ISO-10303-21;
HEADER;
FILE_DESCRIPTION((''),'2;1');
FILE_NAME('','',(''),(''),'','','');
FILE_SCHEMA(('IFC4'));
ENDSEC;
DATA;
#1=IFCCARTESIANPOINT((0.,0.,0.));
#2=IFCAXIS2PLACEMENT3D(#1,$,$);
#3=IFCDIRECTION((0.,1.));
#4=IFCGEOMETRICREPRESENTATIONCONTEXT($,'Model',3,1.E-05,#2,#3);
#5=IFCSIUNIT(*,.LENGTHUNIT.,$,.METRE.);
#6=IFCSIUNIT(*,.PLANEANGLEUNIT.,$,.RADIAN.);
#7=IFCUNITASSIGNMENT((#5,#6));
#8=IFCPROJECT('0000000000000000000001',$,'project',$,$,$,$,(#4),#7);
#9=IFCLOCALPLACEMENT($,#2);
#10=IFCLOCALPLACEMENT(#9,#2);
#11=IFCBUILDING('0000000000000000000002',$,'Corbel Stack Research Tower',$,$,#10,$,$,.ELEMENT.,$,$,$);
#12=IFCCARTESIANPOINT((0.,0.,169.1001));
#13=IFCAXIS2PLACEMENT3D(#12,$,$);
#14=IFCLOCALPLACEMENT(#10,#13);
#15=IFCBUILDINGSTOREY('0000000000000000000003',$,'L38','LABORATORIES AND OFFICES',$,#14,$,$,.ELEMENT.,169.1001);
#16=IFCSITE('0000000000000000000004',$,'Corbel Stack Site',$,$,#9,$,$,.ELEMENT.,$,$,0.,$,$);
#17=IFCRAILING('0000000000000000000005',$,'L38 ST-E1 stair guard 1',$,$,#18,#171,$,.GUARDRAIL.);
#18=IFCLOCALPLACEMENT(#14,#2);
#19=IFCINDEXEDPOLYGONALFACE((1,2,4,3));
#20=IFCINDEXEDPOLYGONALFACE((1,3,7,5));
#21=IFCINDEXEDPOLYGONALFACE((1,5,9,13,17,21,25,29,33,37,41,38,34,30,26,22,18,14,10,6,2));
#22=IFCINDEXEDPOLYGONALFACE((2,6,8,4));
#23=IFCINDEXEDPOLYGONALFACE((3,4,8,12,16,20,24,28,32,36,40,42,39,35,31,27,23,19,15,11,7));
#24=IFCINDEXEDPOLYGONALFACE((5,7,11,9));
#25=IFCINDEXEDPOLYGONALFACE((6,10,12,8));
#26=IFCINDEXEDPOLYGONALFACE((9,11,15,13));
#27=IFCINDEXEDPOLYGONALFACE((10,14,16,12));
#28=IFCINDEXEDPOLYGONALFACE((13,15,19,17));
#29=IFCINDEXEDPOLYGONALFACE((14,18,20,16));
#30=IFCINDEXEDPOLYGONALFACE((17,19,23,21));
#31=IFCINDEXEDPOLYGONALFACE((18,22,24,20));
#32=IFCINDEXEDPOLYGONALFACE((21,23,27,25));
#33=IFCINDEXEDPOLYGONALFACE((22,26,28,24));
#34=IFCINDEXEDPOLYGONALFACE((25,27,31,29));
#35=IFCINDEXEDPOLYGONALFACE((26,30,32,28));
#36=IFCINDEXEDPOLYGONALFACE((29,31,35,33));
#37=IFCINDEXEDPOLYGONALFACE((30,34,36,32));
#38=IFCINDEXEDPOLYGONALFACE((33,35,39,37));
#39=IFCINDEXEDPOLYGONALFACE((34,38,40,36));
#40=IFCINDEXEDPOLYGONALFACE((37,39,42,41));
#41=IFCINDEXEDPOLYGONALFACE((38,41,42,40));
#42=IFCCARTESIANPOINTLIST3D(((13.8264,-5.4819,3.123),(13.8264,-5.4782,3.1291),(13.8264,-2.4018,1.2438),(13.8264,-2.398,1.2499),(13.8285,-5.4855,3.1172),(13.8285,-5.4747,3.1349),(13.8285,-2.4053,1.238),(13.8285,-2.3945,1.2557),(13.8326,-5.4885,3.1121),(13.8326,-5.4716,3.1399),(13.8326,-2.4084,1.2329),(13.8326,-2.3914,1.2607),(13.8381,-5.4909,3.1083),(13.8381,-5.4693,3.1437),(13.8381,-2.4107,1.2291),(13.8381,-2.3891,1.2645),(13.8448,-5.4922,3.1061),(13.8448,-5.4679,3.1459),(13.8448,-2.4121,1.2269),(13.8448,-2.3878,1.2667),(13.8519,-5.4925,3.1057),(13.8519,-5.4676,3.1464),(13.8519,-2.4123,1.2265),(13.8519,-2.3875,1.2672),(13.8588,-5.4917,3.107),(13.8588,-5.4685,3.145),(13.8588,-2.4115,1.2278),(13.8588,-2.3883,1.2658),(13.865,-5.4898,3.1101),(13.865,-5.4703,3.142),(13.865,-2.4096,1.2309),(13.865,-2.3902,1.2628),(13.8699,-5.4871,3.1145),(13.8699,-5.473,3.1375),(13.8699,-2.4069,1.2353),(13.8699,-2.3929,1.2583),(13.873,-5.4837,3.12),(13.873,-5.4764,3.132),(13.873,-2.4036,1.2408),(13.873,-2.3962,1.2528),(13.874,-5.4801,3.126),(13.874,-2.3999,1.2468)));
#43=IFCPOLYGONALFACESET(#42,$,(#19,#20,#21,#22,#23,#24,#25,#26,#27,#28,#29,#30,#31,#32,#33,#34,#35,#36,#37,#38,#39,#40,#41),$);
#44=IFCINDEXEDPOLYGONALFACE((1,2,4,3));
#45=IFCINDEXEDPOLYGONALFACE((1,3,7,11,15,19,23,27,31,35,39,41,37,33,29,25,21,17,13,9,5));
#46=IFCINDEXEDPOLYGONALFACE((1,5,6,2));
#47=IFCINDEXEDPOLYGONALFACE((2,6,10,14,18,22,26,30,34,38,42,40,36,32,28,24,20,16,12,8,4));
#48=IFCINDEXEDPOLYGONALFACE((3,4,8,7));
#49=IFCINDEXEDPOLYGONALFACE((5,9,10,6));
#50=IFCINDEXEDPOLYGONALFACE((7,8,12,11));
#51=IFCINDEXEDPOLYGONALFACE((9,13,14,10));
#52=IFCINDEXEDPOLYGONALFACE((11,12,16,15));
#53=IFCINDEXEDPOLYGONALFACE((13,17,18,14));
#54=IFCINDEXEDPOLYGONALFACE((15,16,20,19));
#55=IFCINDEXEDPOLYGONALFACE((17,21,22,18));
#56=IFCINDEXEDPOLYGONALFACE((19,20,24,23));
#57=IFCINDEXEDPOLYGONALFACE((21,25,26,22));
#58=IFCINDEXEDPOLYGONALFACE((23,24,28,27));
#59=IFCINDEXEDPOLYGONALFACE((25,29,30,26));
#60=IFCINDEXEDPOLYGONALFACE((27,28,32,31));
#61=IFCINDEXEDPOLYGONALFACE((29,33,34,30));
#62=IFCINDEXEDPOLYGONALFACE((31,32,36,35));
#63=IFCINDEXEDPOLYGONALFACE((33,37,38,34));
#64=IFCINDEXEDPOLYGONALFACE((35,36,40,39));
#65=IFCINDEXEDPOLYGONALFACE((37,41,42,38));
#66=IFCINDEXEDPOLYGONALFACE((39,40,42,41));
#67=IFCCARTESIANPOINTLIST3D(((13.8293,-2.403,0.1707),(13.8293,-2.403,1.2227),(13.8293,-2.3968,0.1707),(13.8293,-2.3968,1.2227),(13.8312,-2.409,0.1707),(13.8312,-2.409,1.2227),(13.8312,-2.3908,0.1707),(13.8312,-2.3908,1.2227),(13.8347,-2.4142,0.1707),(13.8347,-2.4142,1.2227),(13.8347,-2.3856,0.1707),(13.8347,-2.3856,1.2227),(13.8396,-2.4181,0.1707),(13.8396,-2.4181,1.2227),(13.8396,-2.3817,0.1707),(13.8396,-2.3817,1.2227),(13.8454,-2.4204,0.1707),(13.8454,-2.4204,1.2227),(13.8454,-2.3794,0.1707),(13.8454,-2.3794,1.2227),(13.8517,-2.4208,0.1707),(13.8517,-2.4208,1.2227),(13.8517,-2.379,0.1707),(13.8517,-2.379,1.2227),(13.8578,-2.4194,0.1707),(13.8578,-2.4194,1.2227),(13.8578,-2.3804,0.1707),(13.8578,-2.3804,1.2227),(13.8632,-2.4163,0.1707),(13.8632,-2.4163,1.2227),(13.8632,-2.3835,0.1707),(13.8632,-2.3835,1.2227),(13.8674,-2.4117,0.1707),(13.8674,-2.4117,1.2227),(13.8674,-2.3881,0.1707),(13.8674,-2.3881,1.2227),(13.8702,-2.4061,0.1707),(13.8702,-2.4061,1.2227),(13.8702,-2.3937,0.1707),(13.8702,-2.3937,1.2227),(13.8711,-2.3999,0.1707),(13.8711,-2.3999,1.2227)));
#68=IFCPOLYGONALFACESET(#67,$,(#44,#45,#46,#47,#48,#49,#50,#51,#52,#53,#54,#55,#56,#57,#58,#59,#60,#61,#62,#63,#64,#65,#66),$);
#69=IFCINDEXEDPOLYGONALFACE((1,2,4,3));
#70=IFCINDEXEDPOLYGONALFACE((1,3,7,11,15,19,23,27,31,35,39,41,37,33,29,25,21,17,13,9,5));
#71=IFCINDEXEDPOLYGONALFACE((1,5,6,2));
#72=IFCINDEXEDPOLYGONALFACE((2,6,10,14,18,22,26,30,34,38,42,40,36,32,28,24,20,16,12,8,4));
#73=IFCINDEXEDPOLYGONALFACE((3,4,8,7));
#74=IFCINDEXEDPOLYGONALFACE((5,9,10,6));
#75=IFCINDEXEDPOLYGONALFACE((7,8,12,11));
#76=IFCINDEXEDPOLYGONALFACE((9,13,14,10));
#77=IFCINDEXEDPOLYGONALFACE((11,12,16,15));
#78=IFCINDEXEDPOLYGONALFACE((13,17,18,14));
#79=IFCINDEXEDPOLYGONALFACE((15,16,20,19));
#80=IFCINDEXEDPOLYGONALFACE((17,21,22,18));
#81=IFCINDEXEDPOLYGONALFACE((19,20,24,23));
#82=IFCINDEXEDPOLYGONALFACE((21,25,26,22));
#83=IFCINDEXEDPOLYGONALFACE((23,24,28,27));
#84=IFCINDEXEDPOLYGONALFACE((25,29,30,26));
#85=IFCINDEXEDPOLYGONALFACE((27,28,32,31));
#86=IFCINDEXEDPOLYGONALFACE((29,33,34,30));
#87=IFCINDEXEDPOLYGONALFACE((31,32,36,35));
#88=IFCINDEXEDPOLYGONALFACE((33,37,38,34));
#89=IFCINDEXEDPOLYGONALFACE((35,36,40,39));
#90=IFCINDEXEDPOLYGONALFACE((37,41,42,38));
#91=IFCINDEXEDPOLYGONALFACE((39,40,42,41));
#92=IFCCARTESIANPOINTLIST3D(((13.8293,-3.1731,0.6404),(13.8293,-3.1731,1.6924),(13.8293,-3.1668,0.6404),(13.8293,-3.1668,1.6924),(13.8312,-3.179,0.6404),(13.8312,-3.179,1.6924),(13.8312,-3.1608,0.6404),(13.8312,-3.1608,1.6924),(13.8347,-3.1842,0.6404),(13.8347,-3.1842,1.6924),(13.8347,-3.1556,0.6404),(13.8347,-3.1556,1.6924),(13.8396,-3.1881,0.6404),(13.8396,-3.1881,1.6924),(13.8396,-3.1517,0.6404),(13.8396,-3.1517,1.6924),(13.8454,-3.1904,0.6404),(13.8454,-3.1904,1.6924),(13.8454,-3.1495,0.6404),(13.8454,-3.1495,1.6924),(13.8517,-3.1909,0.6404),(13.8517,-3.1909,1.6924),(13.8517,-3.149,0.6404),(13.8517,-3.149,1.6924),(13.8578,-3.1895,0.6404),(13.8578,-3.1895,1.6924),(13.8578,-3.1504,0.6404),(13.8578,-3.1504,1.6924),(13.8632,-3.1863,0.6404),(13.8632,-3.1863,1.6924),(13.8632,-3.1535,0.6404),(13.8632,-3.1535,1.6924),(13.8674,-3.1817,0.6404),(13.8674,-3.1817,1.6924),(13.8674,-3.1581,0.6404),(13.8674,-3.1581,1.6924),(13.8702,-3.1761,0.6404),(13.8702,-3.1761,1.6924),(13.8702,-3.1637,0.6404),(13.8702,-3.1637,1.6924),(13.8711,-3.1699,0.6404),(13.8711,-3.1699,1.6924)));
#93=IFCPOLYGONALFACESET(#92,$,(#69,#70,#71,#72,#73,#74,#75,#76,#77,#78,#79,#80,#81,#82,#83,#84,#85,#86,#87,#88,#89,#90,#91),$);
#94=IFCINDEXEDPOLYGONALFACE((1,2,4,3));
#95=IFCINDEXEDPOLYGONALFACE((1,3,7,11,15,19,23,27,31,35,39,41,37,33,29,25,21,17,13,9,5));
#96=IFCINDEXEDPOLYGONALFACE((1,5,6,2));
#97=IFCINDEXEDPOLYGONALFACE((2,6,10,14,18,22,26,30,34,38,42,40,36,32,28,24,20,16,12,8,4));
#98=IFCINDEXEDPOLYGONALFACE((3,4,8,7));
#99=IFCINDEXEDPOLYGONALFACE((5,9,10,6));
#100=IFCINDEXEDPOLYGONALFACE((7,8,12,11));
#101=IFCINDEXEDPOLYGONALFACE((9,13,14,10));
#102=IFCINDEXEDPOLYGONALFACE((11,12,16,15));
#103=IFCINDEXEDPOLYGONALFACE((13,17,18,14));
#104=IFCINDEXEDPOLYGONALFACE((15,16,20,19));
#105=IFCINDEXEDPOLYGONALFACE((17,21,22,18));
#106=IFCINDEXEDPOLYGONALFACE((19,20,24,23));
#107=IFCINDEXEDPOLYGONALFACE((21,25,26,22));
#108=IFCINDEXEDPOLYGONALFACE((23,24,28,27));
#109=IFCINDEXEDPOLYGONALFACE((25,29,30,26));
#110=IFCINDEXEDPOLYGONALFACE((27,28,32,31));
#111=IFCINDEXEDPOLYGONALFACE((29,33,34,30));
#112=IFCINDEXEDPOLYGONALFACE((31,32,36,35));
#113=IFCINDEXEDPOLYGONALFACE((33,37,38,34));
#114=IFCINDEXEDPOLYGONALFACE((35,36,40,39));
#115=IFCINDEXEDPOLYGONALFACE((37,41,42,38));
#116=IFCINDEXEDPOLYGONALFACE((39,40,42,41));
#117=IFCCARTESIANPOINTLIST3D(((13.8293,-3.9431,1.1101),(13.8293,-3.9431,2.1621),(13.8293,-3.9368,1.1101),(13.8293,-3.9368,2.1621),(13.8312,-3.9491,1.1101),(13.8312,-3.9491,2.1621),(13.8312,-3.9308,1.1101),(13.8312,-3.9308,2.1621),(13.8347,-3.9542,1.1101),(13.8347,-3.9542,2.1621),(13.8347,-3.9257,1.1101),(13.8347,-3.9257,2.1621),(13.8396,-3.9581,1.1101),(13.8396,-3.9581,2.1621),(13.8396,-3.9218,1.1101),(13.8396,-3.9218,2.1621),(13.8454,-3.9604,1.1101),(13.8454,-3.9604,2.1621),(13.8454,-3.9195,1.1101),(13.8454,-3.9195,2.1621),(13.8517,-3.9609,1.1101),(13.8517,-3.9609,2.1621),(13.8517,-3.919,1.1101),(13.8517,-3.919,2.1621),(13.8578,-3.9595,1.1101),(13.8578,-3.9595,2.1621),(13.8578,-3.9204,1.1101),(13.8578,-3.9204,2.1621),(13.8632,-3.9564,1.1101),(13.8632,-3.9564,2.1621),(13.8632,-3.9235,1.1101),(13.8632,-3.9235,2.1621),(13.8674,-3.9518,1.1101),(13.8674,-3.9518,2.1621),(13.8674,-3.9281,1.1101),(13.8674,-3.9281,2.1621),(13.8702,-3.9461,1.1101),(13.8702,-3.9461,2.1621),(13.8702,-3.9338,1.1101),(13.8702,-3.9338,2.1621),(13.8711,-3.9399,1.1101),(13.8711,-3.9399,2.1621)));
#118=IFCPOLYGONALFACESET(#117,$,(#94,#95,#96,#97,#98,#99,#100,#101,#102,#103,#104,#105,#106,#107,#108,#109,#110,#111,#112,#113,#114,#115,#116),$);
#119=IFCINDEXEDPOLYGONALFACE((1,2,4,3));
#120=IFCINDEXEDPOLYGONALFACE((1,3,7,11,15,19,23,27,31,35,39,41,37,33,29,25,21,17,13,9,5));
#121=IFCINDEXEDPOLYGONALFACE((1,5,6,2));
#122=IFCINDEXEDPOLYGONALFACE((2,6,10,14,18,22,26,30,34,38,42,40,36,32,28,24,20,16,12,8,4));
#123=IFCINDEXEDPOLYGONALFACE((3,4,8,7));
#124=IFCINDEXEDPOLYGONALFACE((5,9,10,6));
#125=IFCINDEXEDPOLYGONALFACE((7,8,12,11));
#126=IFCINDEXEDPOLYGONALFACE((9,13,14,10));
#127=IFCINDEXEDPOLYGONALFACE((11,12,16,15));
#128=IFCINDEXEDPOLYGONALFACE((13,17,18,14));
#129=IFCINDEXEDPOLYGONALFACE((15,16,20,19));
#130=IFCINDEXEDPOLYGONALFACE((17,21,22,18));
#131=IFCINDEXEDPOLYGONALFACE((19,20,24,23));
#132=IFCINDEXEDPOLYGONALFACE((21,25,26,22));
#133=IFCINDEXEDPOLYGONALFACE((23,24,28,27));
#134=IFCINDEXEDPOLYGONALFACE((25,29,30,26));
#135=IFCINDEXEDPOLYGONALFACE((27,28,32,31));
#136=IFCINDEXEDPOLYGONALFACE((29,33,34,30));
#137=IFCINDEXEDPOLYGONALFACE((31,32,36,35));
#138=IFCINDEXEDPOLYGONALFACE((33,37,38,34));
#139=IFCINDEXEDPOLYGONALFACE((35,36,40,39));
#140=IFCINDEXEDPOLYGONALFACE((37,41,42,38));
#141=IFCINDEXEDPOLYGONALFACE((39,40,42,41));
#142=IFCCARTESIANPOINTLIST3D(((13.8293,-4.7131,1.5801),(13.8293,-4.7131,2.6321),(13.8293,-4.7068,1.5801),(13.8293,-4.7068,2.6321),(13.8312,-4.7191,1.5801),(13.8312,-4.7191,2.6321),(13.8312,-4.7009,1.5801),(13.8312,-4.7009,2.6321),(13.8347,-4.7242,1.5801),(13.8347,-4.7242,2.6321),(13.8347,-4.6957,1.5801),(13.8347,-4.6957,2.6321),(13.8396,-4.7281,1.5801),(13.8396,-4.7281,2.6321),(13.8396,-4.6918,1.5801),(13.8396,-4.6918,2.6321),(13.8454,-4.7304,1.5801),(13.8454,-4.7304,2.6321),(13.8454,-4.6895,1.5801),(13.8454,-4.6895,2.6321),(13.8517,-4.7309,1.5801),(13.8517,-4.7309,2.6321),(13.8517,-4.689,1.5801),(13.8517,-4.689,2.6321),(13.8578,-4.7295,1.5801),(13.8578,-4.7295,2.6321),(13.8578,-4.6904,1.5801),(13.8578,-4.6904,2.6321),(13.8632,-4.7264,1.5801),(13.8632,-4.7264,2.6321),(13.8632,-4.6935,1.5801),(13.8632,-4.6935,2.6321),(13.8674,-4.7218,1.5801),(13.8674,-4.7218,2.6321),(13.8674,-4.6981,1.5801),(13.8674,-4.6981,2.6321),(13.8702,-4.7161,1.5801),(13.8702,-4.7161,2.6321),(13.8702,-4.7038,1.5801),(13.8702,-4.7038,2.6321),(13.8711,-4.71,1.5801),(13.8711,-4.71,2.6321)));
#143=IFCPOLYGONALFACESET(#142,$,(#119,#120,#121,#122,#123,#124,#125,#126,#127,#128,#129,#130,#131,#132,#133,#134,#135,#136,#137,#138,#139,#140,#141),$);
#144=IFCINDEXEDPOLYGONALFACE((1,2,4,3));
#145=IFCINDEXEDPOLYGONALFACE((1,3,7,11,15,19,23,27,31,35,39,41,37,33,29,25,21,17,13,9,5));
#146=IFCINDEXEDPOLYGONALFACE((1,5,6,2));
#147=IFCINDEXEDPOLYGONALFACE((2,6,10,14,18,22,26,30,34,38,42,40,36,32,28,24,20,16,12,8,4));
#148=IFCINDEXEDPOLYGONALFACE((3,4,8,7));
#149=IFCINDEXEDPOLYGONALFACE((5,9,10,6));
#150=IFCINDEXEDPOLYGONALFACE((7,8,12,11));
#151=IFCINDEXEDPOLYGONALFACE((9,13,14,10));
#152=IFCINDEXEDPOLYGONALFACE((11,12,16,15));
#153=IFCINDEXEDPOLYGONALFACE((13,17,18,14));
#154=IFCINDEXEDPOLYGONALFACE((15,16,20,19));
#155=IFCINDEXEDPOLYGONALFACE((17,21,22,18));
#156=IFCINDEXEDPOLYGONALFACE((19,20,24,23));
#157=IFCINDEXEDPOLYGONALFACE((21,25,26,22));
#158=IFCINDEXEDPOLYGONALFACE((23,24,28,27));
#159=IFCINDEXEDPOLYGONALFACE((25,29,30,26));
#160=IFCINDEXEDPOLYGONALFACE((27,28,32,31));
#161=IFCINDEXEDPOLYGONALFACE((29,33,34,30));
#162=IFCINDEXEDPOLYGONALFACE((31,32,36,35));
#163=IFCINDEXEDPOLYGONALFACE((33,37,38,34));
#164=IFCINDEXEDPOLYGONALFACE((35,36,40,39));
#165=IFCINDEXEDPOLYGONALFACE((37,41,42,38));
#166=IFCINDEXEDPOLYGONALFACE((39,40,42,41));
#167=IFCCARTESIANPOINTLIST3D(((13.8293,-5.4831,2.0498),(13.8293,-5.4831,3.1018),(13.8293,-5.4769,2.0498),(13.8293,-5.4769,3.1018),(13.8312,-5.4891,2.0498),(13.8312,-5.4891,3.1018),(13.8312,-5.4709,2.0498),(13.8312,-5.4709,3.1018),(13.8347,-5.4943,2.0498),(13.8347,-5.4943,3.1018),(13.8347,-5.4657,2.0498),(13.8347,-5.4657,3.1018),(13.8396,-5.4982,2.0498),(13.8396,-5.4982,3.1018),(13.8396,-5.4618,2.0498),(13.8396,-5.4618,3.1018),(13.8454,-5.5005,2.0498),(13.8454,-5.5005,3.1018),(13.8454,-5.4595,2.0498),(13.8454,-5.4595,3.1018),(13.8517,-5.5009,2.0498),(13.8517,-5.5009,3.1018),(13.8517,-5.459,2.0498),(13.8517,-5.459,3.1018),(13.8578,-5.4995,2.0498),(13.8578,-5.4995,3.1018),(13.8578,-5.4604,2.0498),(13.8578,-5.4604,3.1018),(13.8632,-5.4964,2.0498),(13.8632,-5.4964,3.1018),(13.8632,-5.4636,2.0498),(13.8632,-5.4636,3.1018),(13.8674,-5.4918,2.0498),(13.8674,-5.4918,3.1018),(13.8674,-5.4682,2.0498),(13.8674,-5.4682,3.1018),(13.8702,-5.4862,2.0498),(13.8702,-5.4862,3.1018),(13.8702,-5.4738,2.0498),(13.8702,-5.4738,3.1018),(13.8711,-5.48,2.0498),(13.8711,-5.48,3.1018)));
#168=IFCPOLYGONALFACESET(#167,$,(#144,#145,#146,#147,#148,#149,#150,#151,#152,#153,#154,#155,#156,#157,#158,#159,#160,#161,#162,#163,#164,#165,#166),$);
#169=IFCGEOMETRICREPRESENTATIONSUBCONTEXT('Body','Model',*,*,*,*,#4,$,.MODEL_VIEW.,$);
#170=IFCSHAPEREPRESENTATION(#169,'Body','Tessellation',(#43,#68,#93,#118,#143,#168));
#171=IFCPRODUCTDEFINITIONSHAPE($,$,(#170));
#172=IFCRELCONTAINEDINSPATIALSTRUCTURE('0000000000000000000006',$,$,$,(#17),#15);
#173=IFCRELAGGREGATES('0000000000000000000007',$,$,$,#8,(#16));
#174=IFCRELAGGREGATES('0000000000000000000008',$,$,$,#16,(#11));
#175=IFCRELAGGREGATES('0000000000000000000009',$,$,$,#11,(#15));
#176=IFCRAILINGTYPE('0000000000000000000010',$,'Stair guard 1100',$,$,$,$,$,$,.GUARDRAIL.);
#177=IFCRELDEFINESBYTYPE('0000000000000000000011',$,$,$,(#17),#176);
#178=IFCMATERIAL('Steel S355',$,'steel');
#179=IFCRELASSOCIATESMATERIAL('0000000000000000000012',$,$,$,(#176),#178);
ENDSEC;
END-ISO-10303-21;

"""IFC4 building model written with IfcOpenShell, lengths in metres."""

from ifc_helpers import new_model, si_unit, direction, frame, origin, origin_2d, place, context, subcontext, project, spatial, circle, extrude, material, type_object, element, save


model = new_model("IFC4")

# Units and contexts
model_context = context("Model", 3, precision=1e-05, world=origin(), true_north=direction((0.0, 1.0)))
body_context = subcontext(model_context, "Body", "Model", "MODEL_VIEW")
ifc_project = project(units=[si_unit("LENGTHUNIT", "METRE"), si_unit("PLANEANGLEUNIT", "RADIAN")], contexts=[model_context])

# Site, building, storey
site_placement = place(None, origin())
site = spatial("IfcSite", under=ifc_project, at=site_placement, Name="Corbel Stack Site", CompositionType="ELEMENT", RefElevation=0.0)
building_placement = place(site_placement, origin())
building = spatial("IfcBuilding", under=site, at=building_placement, Name="Corbel Stack Research Tower", CompositionType="ELEMENT")
storey_placement = place(building_placement, frame((0.0, 0.0, 169.1001)))
storey = spatial("IfcBuildingStorey", under=building, at=storey_placement, Name="L38", Description="LABORATORIES AND OFFICES", CompositionType="ELEMENT", Elevation=169.1001)

# Railing
ifc_material_1 = material(Name="Steel S355", Category="steel")
railing_type_1 = type_object("IfcRailingType", Name="Stair guard 1100", PredefinedType="GUARDRAIL", material=ifc_material_1)
railing_1_placement = place(storey_placement, frame((13.8501, -2.3999, 0.1707)))
element("IfcRailing", 1, at=railing_1_placement, inside=storey, type_object=railing_type_1, Name="L38 ST-E1 stair guard 1", PredefinedType="GUARDRAIL", context=body_context, shape_type="SweptSolid", body=[
    extrude(circle(Radius=0.0239, at=origin_2d()), frame((0.0, 0.0, 1.0762), z_axis=(0.0, -0.853666, 0.52082), x_axis=(1.0, 0.0, 0.0)), (0.0, 0.0, 1.0), 3.6082),
    extrude(circle(Radius=0.021, at=origin_2d()), origin(), (0.0, 0.0, 1.0), 1.052),
    extrude(circle(Radius=0.021, at=origin_2d()), frame((0.0, -0.77, 0.4697)), (0.0, 0.0, 1.0), 1.052),
    extrude(circle(Radius=0.021, at=origin_2d()), frame((0.0, -1.54, 0.9395)), (0.0, 0.0, 1.0), 1.052),
    extrude(circle(Radius=0.021, at=origin_2d()), frame((0.0, -2.3101, 1.4094)), (0.0, 0.0, 1.0), 1.052),
    extrude(circle(Radius=0.021, at=origin_2d()), frame((0.0, -3.0801, 1.8792)), (0.0, 0.0, 1.0), 1.052),
])

save(model, "model.ifc")
